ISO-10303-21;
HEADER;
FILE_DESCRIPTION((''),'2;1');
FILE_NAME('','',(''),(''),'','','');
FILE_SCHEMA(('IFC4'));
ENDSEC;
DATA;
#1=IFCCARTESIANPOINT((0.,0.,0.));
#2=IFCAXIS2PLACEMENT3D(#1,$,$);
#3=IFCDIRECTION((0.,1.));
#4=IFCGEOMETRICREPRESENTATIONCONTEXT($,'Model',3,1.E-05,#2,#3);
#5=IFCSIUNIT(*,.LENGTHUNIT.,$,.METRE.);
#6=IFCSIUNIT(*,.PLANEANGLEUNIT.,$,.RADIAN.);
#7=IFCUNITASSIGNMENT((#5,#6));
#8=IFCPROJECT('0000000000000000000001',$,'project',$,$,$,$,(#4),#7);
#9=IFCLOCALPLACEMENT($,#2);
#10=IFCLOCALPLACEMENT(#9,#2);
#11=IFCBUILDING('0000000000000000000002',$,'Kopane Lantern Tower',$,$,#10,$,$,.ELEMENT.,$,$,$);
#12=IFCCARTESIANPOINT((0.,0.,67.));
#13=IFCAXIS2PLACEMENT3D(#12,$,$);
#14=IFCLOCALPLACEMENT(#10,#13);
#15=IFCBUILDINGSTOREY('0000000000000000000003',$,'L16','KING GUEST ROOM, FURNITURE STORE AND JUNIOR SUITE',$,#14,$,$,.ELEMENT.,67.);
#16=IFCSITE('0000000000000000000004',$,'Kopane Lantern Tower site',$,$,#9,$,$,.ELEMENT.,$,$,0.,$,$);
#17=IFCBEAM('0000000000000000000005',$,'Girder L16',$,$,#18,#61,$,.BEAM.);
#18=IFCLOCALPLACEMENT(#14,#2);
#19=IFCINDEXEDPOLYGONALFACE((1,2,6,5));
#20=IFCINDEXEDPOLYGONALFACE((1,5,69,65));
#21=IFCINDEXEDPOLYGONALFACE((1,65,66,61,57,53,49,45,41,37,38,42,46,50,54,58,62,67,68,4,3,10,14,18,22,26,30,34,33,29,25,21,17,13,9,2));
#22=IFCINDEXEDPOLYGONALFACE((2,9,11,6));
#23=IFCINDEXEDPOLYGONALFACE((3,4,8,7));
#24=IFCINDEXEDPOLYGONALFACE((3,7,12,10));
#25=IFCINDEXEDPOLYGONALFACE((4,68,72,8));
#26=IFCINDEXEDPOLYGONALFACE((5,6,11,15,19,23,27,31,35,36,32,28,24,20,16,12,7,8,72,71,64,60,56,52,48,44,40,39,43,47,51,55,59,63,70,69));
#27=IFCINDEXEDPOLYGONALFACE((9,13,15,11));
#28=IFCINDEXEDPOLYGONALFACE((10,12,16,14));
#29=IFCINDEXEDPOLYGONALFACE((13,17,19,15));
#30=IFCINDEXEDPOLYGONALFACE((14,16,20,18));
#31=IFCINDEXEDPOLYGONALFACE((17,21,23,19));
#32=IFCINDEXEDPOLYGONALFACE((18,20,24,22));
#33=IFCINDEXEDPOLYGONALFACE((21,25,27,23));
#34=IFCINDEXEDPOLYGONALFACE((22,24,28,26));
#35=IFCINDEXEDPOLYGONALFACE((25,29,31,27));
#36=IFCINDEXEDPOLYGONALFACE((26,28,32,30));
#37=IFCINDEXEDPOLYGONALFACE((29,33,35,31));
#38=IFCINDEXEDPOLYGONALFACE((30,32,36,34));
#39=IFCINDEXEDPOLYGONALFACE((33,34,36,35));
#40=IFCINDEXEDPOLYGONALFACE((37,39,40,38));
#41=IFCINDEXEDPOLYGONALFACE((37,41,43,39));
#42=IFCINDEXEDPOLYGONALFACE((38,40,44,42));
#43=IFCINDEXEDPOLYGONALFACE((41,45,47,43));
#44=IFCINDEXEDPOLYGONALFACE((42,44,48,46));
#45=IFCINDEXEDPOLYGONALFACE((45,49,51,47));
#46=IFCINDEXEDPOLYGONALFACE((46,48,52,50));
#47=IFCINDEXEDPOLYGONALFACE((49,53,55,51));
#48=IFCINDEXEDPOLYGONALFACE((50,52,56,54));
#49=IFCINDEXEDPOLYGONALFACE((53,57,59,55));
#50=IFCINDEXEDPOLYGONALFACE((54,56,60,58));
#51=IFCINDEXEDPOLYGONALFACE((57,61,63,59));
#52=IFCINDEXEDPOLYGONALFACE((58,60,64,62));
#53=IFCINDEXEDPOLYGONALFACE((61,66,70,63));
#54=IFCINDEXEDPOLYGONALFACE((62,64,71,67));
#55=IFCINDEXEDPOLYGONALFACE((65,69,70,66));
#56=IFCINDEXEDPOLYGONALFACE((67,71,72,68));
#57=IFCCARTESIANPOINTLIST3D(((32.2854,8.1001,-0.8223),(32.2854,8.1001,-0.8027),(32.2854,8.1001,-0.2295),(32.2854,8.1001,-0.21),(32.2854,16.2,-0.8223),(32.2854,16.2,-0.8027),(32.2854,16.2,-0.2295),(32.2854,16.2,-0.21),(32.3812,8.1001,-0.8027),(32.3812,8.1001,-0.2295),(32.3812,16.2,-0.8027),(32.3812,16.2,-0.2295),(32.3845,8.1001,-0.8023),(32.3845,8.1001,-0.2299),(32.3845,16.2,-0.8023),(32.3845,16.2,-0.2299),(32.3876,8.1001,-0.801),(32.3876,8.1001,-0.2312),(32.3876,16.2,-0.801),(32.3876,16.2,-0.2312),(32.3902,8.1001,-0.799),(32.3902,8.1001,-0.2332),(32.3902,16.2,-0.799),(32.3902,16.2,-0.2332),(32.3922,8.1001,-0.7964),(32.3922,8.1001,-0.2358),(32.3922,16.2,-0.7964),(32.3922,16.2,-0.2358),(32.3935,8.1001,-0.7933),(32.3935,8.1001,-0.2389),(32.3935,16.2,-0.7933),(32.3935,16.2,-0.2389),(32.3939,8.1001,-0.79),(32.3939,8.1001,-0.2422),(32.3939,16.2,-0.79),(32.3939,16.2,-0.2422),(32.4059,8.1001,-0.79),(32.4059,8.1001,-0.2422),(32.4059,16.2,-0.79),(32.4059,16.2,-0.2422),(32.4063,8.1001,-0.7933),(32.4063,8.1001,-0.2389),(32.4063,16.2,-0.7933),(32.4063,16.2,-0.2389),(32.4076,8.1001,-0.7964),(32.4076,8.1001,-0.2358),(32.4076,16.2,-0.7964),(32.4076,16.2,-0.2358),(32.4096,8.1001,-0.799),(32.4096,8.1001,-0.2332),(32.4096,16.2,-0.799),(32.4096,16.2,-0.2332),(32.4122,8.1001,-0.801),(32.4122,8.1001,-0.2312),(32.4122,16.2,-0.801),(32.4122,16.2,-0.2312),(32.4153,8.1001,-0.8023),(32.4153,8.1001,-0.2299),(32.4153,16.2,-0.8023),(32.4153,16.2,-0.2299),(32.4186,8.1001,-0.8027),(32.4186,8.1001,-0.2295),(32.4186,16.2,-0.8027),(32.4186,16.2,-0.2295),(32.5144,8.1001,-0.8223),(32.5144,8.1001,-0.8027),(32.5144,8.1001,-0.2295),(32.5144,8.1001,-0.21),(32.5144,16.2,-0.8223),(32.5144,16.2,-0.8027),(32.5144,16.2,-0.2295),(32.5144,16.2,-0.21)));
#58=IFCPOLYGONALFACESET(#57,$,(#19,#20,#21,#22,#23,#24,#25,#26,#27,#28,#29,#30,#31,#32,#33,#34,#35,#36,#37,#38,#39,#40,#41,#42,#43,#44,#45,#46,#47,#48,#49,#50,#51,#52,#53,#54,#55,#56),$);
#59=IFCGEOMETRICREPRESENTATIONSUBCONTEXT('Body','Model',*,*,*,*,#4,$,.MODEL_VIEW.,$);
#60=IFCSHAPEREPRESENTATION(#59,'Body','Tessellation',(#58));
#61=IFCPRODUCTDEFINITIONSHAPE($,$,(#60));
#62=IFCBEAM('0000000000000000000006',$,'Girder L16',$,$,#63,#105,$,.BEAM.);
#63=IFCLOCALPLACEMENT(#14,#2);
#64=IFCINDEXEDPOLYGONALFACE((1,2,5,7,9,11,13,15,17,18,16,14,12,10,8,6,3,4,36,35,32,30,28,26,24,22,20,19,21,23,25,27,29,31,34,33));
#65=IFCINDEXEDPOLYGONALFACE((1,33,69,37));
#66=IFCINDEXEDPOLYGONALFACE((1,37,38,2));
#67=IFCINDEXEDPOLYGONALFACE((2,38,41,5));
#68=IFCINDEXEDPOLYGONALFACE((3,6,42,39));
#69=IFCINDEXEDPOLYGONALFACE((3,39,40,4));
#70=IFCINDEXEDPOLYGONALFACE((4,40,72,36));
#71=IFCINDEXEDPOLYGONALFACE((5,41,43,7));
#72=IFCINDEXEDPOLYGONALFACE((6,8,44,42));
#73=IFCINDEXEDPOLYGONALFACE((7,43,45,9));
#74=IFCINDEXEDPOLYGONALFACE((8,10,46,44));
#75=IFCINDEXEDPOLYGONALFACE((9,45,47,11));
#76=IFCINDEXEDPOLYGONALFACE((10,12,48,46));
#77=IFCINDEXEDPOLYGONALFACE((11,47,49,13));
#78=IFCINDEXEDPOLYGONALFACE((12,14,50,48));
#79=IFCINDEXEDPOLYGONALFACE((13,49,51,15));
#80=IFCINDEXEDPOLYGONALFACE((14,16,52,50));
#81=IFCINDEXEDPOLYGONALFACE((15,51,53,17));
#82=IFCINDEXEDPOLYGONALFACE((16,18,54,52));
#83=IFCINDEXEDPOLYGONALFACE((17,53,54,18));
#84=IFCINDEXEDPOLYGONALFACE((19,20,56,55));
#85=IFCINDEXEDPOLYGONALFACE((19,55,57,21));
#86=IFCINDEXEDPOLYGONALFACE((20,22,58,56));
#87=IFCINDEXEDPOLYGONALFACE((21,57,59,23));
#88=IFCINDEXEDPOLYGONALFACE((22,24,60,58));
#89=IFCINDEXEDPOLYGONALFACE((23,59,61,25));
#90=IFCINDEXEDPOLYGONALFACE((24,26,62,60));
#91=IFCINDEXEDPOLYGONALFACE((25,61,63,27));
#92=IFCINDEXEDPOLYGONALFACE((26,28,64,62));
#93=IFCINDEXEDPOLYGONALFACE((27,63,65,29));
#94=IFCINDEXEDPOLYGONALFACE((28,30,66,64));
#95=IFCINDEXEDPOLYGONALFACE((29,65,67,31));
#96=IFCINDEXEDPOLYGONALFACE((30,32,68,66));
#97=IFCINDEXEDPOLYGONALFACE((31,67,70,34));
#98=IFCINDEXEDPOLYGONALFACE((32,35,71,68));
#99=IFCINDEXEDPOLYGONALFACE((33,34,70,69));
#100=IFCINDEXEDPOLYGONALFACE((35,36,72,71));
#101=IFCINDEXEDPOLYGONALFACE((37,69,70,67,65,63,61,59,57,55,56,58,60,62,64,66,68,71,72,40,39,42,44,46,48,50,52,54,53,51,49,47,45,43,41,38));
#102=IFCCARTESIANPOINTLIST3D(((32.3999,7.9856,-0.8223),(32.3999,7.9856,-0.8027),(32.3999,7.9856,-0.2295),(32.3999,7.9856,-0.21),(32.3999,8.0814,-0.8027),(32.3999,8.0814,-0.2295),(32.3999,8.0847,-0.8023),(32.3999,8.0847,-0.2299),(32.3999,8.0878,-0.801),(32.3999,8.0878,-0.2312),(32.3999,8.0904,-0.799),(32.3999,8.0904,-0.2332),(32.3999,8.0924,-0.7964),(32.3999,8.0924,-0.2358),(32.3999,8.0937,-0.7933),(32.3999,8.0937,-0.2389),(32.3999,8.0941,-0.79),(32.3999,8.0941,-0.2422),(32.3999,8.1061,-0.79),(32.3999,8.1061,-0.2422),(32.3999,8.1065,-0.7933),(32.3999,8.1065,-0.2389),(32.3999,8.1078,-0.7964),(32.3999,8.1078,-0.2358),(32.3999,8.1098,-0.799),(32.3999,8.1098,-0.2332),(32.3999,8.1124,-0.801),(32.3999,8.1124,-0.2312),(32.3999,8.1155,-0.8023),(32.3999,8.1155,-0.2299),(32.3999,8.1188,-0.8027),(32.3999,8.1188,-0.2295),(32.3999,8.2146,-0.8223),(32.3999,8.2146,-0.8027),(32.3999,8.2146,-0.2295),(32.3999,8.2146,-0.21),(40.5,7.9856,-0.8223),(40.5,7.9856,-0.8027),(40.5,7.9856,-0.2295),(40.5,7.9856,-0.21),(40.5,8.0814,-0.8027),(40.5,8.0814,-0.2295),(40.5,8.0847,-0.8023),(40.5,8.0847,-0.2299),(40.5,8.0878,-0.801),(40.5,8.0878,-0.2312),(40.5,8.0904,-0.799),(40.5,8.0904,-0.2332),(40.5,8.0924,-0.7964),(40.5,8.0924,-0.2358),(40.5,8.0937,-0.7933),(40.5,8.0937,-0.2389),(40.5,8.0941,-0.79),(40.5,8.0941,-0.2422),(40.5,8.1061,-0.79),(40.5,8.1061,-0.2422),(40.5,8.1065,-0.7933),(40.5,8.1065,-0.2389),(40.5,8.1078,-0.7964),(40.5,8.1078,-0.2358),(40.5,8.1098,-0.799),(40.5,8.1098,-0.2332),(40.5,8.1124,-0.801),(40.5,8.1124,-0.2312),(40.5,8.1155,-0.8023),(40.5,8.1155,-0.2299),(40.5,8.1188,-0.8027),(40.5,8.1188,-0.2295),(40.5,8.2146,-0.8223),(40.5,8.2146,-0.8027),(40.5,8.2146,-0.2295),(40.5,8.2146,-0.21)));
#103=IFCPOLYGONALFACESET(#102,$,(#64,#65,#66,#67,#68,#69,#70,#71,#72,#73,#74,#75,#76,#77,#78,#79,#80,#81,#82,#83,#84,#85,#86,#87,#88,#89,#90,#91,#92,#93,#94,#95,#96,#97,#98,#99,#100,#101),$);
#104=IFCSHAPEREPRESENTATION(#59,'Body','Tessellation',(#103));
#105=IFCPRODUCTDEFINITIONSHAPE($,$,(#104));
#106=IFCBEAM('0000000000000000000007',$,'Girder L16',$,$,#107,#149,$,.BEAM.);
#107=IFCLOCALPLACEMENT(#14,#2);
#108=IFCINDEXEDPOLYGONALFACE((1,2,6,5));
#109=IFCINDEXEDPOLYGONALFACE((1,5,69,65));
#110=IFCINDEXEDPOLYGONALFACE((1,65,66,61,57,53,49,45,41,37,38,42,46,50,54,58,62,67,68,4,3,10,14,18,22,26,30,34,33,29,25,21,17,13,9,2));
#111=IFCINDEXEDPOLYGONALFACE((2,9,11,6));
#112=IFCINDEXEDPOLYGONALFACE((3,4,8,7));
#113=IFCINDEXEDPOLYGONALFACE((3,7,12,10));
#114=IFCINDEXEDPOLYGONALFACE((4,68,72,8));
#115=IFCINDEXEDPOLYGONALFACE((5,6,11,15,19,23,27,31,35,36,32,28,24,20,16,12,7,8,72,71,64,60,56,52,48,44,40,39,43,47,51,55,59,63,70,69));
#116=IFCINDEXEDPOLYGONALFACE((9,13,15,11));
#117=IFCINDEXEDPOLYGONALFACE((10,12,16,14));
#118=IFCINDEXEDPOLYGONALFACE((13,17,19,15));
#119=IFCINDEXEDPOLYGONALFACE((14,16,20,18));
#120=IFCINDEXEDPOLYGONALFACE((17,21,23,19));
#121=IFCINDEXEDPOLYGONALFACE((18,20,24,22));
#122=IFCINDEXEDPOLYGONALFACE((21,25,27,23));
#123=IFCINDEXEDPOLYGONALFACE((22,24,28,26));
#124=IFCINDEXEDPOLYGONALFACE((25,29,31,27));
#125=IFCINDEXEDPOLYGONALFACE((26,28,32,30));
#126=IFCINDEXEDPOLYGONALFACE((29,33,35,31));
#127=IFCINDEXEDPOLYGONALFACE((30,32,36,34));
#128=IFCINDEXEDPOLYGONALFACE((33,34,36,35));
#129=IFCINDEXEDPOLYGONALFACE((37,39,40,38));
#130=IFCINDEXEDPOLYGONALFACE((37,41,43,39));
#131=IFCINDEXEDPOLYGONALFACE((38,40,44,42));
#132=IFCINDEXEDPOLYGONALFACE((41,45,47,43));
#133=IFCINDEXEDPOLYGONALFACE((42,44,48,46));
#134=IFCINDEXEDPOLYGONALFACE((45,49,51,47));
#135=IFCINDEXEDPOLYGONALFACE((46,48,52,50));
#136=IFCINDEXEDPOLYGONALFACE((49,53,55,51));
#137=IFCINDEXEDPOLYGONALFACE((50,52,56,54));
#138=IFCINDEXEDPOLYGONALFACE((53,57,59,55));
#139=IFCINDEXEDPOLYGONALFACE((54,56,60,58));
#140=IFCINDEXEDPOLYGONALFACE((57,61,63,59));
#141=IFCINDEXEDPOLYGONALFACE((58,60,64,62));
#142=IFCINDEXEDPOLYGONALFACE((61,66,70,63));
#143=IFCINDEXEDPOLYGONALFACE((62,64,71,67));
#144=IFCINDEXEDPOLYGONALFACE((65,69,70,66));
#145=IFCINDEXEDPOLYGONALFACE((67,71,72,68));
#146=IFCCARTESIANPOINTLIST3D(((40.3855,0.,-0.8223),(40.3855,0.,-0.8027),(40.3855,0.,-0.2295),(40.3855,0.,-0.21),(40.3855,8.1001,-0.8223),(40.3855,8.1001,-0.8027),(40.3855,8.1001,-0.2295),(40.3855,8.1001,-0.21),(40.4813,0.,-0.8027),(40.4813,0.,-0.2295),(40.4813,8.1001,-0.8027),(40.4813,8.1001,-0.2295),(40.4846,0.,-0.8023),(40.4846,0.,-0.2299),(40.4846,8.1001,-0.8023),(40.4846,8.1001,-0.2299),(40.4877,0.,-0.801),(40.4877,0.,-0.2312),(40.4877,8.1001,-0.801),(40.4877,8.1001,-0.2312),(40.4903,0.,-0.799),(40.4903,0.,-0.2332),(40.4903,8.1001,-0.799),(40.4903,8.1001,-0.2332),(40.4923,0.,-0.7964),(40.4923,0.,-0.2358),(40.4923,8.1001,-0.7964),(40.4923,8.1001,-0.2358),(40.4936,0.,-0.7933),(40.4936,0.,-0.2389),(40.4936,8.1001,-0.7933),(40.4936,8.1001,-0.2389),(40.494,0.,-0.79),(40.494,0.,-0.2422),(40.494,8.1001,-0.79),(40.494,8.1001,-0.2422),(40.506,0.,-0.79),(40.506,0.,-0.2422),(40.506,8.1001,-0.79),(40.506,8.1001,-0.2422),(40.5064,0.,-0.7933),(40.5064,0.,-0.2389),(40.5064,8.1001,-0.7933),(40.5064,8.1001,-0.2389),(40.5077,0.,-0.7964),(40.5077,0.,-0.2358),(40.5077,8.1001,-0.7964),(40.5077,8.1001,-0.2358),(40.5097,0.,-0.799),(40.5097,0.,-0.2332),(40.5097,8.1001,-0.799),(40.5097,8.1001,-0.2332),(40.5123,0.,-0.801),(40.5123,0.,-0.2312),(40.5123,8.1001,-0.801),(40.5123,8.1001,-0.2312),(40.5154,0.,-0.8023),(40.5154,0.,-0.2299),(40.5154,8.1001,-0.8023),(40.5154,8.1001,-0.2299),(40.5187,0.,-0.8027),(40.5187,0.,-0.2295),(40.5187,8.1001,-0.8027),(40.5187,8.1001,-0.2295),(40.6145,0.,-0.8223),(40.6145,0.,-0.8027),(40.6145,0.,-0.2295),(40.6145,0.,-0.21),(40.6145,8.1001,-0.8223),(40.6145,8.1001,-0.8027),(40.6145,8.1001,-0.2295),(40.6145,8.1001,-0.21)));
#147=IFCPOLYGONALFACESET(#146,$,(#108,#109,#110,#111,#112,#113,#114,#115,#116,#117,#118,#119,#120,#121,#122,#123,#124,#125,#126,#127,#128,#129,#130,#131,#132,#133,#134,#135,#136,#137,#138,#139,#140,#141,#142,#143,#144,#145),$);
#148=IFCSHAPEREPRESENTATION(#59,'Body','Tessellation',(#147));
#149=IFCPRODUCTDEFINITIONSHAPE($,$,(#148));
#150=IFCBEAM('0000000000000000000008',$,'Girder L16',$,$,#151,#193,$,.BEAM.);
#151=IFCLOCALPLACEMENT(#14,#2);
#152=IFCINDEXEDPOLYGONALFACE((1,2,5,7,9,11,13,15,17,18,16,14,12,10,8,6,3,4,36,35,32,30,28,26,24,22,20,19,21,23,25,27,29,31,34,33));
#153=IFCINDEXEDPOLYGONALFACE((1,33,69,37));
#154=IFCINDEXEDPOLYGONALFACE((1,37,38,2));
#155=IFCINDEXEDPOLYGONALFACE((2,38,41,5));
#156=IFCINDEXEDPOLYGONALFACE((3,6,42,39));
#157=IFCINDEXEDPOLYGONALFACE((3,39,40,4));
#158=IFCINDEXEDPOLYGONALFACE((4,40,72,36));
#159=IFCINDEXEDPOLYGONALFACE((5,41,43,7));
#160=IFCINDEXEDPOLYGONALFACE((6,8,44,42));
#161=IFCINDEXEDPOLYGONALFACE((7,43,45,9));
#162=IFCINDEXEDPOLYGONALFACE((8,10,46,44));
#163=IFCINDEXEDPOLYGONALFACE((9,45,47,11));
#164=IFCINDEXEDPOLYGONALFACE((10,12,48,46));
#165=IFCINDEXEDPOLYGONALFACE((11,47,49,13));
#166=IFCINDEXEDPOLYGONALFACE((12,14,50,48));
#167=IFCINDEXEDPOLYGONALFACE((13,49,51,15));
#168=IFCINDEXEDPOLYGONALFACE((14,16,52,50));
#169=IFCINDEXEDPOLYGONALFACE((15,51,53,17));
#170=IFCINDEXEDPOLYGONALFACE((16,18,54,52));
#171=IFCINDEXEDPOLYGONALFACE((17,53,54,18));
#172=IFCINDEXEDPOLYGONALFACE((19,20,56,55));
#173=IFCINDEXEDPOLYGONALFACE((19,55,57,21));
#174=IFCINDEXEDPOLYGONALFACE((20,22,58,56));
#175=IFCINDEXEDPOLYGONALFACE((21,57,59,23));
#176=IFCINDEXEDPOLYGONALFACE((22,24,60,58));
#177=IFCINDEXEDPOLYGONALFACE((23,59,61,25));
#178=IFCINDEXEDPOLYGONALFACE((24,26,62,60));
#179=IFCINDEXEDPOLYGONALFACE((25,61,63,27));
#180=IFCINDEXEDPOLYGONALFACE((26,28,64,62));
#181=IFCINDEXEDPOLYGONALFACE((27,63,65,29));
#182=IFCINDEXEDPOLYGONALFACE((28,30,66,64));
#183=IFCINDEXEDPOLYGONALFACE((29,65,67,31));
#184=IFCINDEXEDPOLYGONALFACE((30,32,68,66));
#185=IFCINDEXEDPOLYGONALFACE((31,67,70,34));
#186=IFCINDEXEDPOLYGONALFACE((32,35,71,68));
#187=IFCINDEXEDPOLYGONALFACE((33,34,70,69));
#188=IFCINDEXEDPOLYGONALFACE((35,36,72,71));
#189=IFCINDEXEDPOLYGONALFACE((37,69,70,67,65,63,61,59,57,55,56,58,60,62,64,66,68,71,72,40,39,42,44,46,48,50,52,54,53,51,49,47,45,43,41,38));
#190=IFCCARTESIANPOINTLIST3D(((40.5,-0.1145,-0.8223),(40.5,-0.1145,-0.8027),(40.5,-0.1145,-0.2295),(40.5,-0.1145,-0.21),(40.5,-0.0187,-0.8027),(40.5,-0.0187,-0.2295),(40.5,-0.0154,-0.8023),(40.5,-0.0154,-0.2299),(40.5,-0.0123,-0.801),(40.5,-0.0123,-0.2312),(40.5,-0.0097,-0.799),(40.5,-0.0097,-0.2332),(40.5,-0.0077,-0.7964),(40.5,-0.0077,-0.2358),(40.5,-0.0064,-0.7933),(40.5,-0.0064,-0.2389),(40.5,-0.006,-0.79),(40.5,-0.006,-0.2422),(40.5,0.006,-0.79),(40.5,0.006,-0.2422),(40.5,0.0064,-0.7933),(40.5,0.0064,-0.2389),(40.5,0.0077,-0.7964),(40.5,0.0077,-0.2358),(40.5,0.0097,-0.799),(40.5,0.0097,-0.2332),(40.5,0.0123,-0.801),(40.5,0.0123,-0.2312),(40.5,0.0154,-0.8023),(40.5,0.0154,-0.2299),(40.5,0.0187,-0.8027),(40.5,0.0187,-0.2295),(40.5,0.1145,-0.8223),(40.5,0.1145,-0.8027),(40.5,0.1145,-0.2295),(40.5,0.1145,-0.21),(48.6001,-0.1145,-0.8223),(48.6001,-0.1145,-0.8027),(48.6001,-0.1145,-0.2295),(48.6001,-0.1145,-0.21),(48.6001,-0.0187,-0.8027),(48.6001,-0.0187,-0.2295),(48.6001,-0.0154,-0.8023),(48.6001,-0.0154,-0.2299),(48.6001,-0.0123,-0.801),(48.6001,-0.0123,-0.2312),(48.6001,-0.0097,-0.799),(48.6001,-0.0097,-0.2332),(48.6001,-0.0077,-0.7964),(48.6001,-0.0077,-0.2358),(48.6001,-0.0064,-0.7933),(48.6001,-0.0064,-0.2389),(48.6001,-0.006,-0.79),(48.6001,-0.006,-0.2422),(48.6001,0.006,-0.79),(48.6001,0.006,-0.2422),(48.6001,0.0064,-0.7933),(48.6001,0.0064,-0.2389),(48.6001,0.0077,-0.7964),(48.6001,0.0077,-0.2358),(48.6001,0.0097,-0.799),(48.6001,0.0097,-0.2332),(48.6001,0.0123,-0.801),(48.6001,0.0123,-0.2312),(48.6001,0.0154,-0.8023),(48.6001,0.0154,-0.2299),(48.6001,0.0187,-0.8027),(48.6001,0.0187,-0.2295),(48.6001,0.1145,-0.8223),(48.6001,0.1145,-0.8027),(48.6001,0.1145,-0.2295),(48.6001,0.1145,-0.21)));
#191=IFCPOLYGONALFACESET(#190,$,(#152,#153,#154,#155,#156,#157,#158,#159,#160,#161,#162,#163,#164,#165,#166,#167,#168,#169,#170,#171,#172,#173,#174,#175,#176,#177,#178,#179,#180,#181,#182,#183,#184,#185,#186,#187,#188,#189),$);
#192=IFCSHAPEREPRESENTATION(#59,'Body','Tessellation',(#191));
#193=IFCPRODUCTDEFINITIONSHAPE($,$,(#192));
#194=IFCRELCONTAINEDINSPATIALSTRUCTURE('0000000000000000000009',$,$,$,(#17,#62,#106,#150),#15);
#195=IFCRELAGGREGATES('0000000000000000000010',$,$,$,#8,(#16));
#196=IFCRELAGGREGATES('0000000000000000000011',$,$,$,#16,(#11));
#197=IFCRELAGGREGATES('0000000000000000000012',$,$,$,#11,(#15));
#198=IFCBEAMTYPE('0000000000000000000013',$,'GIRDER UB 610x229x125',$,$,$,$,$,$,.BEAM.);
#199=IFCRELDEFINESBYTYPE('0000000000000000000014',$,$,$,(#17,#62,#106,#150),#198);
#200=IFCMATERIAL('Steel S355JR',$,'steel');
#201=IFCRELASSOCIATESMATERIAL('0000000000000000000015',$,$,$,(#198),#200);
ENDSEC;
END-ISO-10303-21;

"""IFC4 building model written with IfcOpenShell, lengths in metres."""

from ifc_helpers import new_model, si_unit, direction, frame, origin, origin_2d, place, context, subcontext, project, spatial, i_section, extrude, material, material_profile, profile_set, type_object, element, save


model = new_model("IFC4")

# Units and contexts
model_context = context("Model", 3, precision=1e-05, world=origin(), true_north=direction((0.0, 1.0)))
body_context = subcontext(model_context, "Body", "Model", "MODEL_VIEW")
ifc_project = project(units=[si_unit("LENGTHUNIT", "METRE"), si_unit("PLANEANGLEUNIT", "RADIAN")], contexts=[model_context])

# Site, building, storey
site_placement = place(None, origin())
site = spatial("IfcSite", under=ifc_project, at=site_placement, Name="Kopane Lantern Tower site", CompositionType="ELEMENT", RefElevation=0.0)
building_placement = place(site_placement, origin())
building = spatial("IfcBuilding", under=site, at=building_placement, Name="Kopane Lantern Tower", CompositionType="ELEMENT")
storey_placement = place(building_placement, frame((0.0, 0.0, 67.0)))
storey = spatial("IfcBuildingStorey", under=building, at=storey_placement, Name="L16", Description="KING GUEST ROOM, FURNITURE STORE AND JUNIOR SUITE", CompositionType="ELEMENT", Elevation=67.0)

# Beams
ifc_material_1 = material(Name="Steel S355JR", Category="steel")
ifc_material_profile_1 = material_profile(ifc_material_1, i_section(OverallWidth=0.229, OverallDepth=0.6123, WebThickness=0.012, FlangeThickness=0.0195, FilletRadius=0.0127, at=origin_2d()), Name="UB 610x229x125")
ifc_profile_set_1 = profile_set([ifc_material_profile_1], Name="Steel S355JR")
beam_type = type_object("IfcBeamType", Name="GIRDER UB 610x229x125", PredefinedType="BEAM", material=ifc_profile_set_1)
beam_1_placement = place(storey_placement, frame((32.3999, 8.1001, -0.5161), z_axis=(0.0, 1.0, 0.0), x_axis=(-1.0, 0.0, 0.0)))
element("IfcBeam", 1, at=beam_1_placement, inside=storey, type_object=beam_type, Name="Girder L16", PredefinedType="BEAM", context=body_context, shape_type="SweptSolid", body=[
    extrude(i_section(OverallWidth=0.229, OverallDepth=0.6123, WebThickness=0.012, FlangeThickness=0.0195, FilletRadius=0.0127, at=origin_2d()), origin(), (0.0, 0.0, 1.0), 8.0999),
])
for number, where, z_axis, x_axis, name in (
    (2, (32.3999, 8.1001, -0.5161), (1.0, 0.0, 0.0), (0.0, 1.0, 0.0), "Girder L16"),
    (3, (40.5, 0.0, -0.5161), (0.0, 1.0, 0.0), (-1.0, 0.0, 0.0), "Girder L16"),
    (4, (40.5, 0.0, -0.5161), (1.0, 0.0, 0.0), (0.0, 1.0, 0.0), "Girder L16"),
):
    element("IfcBeam", number, at=place(storey_placement, frame(where, z_axis=z_axis, x_axis=x_axis)), inside=storey, type_object=beam_type, Name=name, PredefinedType="BEAM", context=body_context, shape_type="SweptSolid", body=[
        extrude(i_section(OverallWidth=0.229, OverallDepth=0.6123, WebThickness=0.012, FlangeThickness=0.0195, FilletRadius=0.0127, at=origin_2d()), origin(), (0.0, 0.0, 1.0), 8.1001),
    ])

save(model, "model.ifc")
